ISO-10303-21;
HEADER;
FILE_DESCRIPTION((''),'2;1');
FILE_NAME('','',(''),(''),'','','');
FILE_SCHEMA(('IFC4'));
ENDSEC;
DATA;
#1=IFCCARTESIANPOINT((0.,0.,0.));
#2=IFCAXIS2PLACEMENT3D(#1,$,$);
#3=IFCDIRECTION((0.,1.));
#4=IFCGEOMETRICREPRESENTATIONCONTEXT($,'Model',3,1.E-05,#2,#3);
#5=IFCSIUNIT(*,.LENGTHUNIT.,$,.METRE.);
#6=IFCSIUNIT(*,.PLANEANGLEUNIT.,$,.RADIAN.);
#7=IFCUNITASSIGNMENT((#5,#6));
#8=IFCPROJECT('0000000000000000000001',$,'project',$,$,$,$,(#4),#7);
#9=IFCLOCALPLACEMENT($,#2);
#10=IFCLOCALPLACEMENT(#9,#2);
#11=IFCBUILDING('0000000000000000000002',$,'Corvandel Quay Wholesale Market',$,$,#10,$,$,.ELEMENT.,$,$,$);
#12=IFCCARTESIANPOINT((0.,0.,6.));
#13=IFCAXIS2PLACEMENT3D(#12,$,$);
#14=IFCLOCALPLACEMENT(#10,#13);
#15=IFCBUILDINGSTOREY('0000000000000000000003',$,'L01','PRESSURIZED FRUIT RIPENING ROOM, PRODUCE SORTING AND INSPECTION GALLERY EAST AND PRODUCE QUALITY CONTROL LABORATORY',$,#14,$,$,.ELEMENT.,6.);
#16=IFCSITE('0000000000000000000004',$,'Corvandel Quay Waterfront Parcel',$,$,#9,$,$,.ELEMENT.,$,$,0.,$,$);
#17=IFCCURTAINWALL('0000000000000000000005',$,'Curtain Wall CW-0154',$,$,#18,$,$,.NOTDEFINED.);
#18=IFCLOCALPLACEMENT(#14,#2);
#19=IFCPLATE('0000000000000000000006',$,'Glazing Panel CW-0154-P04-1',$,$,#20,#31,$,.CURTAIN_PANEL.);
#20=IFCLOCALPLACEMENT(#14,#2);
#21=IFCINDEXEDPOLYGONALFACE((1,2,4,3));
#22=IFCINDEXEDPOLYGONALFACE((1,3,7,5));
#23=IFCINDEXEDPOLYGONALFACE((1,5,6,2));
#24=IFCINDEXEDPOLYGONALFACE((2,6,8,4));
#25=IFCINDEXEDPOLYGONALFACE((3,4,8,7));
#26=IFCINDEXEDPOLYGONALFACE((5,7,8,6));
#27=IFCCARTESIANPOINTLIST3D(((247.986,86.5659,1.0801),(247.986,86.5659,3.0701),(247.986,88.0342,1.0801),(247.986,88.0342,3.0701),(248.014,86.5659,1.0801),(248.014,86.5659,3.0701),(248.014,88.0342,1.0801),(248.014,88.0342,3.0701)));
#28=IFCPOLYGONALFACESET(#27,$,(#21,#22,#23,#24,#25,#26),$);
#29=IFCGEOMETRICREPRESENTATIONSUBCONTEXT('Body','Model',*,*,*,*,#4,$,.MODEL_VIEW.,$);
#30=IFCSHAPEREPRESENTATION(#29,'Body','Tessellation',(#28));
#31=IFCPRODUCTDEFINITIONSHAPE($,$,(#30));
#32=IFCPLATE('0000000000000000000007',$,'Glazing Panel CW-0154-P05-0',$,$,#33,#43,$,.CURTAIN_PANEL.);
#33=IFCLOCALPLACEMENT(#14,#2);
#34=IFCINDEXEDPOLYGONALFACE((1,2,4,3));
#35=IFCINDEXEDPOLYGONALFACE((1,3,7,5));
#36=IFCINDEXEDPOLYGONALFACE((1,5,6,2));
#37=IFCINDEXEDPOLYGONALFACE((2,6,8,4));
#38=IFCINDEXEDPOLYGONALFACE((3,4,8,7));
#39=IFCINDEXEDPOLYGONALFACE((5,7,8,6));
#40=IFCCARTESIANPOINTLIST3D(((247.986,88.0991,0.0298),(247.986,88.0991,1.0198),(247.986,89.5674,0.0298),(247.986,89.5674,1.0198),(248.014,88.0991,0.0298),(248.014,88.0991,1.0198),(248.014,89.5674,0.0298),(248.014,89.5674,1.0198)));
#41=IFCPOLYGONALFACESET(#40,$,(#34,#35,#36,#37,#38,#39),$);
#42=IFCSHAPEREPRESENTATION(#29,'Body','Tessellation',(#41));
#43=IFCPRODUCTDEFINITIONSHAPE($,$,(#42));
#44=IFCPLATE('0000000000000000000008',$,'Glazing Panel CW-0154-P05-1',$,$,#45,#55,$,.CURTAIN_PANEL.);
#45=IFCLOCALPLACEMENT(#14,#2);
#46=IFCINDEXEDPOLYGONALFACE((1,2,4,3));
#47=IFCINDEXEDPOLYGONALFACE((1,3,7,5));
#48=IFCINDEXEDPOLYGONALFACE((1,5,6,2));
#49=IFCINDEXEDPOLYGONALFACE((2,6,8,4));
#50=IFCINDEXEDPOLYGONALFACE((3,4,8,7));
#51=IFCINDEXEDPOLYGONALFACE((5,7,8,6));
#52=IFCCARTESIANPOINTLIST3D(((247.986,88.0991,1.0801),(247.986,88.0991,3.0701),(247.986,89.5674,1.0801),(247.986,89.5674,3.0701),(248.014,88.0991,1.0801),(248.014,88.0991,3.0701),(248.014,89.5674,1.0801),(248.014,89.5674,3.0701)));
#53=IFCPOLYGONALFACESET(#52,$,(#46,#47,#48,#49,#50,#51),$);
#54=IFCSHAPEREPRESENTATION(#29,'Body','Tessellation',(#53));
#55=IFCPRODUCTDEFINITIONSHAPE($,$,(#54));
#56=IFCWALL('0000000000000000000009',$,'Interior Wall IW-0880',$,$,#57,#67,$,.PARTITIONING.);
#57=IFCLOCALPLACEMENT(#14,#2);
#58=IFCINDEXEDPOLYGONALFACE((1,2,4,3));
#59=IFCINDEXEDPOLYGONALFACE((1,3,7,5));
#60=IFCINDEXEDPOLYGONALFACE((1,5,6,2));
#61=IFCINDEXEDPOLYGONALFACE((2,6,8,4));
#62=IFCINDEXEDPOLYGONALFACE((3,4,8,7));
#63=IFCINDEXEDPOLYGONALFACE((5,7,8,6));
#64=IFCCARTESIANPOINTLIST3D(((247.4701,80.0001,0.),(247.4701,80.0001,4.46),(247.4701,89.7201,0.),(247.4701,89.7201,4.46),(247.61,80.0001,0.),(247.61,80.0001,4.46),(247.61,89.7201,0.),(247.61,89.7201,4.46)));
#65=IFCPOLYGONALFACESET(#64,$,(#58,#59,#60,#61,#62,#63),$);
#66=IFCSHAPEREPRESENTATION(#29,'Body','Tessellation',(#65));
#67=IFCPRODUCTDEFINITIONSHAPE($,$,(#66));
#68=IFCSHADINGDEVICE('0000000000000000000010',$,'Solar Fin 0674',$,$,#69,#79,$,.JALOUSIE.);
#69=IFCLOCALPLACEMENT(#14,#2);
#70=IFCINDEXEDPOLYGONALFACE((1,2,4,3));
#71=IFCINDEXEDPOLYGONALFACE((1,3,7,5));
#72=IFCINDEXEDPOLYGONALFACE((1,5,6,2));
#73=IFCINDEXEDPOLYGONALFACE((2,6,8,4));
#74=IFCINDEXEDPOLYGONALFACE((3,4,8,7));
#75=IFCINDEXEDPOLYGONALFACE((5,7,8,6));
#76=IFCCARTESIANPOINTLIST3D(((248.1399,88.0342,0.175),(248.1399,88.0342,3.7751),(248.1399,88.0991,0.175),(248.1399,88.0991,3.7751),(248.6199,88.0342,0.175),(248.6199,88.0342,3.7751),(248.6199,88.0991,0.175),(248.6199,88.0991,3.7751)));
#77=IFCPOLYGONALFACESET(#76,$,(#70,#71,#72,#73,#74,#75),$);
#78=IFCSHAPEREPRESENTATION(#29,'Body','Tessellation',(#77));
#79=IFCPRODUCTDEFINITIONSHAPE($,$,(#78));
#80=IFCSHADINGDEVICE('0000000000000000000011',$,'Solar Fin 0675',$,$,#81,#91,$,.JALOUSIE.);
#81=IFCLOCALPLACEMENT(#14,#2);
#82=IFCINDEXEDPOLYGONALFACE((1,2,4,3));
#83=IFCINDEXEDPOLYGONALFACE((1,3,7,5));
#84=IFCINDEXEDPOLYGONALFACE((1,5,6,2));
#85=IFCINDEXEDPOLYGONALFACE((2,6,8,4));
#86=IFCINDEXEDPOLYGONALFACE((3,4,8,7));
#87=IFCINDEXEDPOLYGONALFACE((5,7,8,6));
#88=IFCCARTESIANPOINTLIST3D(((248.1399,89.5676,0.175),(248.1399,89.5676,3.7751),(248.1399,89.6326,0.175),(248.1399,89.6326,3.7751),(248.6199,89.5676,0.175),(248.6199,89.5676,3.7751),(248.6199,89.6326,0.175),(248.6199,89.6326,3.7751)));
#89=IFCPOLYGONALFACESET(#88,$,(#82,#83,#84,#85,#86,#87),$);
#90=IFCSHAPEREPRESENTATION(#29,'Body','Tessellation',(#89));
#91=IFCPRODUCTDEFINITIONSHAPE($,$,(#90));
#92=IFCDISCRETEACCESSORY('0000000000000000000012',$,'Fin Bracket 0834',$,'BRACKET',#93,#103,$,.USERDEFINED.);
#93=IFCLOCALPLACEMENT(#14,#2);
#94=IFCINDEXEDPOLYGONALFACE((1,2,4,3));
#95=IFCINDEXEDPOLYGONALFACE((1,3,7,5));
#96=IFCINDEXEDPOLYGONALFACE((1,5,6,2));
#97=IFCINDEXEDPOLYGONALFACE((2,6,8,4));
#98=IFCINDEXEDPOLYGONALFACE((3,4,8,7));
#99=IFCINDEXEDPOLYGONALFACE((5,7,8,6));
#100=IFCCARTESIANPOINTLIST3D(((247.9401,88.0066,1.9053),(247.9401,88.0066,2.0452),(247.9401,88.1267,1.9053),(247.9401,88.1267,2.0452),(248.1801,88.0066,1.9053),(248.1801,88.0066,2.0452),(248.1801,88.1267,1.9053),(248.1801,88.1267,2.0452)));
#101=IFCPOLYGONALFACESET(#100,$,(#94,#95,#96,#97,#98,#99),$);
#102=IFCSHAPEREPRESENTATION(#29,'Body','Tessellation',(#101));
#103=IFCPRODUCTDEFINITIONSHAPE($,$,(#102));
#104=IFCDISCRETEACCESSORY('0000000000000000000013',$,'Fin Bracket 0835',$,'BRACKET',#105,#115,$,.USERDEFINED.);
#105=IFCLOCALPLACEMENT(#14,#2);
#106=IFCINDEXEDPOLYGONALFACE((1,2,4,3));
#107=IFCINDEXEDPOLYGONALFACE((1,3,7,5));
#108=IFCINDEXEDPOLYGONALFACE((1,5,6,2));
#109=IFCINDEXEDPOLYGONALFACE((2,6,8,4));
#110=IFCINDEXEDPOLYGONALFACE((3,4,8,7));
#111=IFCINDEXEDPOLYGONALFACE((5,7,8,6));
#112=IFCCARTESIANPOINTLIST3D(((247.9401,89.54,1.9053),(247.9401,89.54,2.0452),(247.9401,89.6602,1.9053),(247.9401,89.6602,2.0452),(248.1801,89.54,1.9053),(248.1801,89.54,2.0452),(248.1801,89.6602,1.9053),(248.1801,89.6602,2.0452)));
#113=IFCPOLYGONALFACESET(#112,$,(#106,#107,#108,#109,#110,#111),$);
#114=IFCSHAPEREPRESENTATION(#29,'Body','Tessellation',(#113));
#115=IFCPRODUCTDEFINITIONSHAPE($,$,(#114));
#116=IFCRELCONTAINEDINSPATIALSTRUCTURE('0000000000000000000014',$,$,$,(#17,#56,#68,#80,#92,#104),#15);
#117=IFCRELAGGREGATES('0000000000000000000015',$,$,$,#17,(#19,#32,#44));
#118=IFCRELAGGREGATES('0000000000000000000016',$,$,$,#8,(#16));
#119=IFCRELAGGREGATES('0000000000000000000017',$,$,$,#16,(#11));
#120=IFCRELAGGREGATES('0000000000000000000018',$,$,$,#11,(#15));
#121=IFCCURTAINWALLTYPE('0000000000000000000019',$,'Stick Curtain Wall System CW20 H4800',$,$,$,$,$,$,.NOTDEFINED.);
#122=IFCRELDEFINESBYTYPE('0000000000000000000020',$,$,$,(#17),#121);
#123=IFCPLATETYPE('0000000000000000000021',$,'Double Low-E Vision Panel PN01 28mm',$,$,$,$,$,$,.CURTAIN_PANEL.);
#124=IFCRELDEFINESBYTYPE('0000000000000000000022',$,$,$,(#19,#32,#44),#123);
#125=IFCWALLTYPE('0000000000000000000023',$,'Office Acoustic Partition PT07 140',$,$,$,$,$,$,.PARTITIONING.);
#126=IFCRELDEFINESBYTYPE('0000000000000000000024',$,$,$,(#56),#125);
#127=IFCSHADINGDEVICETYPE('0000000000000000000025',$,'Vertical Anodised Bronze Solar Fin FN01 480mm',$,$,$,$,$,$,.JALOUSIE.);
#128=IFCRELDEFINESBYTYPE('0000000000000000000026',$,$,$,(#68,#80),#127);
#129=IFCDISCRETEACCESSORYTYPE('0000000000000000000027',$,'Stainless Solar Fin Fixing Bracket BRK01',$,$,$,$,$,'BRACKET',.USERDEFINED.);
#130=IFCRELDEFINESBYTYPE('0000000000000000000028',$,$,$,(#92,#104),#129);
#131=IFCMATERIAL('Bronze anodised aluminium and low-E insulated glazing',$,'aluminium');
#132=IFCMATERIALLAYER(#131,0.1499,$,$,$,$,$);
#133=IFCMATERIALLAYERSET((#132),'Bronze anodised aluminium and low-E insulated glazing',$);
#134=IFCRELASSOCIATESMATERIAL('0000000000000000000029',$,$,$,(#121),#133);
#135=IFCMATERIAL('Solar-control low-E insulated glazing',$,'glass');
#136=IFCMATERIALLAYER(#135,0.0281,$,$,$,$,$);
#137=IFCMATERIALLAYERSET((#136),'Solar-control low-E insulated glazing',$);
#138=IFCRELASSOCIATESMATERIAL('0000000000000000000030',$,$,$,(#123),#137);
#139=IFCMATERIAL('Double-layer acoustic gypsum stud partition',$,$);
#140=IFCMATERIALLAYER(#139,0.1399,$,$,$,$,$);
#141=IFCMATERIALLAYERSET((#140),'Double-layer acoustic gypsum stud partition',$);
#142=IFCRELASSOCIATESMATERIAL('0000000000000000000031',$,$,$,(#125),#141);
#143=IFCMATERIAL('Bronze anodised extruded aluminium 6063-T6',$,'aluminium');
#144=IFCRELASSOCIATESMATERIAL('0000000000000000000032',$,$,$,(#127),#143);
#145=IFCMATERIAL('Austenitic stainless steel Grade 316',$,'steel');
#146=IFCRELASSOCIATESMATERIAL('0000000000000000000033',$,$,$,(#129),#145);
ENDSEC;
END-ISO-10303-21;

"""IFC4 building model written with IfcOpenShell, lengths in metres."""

from ifc_helpers import new_model, si_unit, direction, frame, frame_2d, origin, origin_2d, place, context, subcontext, project, spatial, rectangle, extrude, material, layer, layer_set, type_object, element, aggregate, save


model = new_model("IFC4")

# Units and contexts
model_context = context("Model", 3, precision=1e-05, world=origin(), true_north=direction((0.0, 1.0)))
body_context = subcontext(model_context, "Body", "Model", "MODEL_VIEW")
ifc_project = project(units=[si_unit("LENGTHUNIT", "METRE"), si_unit("PLANEANGLEUNIT", "RADIAN")], contexts=[model_context])

# Site, building, storey
site_placement = place(None, origin())
site = spatial("IfcSite", under=ifc_project, at=site_placement, Name="Corvandel Quay Waterfront Parcel", CompositionType="ELEMENT", RefElevation=0.0)
building_placement = place(site_placement, origin())
building = spatial("IfcBuilding", under=site, at=building_placement, Name="Corvandel Quay Wholesale Market", CompositionType="ELEMENT")
storey_placement = place(building_placement, frame((0.0, 0.0, 6.0)))
storey = spatial("IfcBuildingStorey", under=building, at=storey_placement, Name="L01", Description="PRESSURIZED FRUIT RIPENING ROOM, PRODUCE SORTING AND INSPECTION GALLERY EAST AND PRODUCE QUALITY CONTROL LABORATORY", CompositionType="ELEMENT", Elevation=6.0)

# Curtain wall
ifc_material_1 = material(Name="Bronze anodised aluminium and low-E insulated glazing", Category="aluminium")
ifc_layer_1 = layer(ifc_material_1, 0.1499)
ifc_layer_set_1 = layer_set([ifc_layer_1], Name="Bronze anodised aluminium and low-E insulated glazing")
curtain_wall_type = type_object("IfcCurtainWallType", Name="Stick Curtain Wall System CW20 H4800", PredefinedType="NOTDEFINED", material=ifc_layer_set_1)
curtain_wall_placement = place(storey_placement, origin())
curtain_wall = element("IfcCurtainWall", 1, at=curtain_wall_placement, inside=storey, type_object=curtain_wall_type, Name="Curtain Wall CW-0154", PredefinedType="NOTDEFINED")

# Plates
ifc_material_2 = material(Name="Solar-control low-E insulated glazing", Category="glass")
ifc_layer_2 = layer(ifc_material_2, 0.0281)
ifc_layer_set_2 = layer_set([ifc_layer_2], Name="Solar-control low-E insulated glazing")
plate_type_1 = type_object("IfcPlateType", Name="Double Low-E Vision Panel PN01 28mm", PredefinedType="CURTAIN_PANEL", material=ifc_layer_set_2)
plate_1_placement = place(storey_placement, frame((248.0, 87.3, 1.0801), z_axis=(0.0, 0.0, 1.0), x_axis=(0.0, 1.0, 0.0)))
plate_1 = element("IfcPlate", 2, at=plate_1_placement, type_object=plate_type_1, Name="Glazing Panel CW-0154-P04-1", PredefinedType="CURTAIN_PANEL", context=body_context, shape_type="SweptSolid", body=[
    extrude(rectangle(XDim=1.4683, YDim=0.0281, at=origin_2d()), origin(), (0.0, 0.0, 1.0), 1.99),
])
plate_2_placement = place(storey_placement, frame((248.0, 88.8333, 0.0298), z_axis=(0.0, 0.0, 1.0), x_axis=(0.0, 1.0, 0.0)))
plate_2 = element("IfcPlate", 3, at=plate_2_placement, type_object=plate_type_1, Name="Glazing Panel CW-0154-P05-0", PredefinedType="CURTAIN_PANEL", context=body_context, shape_type="SweptSolid", body=[
    extrude(rectangle(XDim=1.4683, YDim=0.0281, at=origin_2d()), origin(), (0.0, 0.0, 1.0), 0.99),
])
plate_3_placement = place(storey_placement, frame((248.0, 88.8333, 1.0801), z_axis=(0.0, 0.0, 1.0), x_axis=(0.0, 1.0, 0.0)))
plate_3 = element("IfcPlate", 4, at=plate_3_placement, type_object=plate_type_1, Name="Glazing Panel CW-0154-P05-1", PredefinedType="CURTAIN_PANEL", context=body_context, shape_type="SweptSolid", body=[
    extrude(rectangle(XDim=1.4683, YDim=0.0281, at=origin_2d()), origin(), (0.0, 0.0, 1.0), 1.99),
])
aggregate(curtain_wall, [plate_1, plate_2, plate_3])

# Wall
ifc_material_3 = material(Name="Double-layer acoustic gypsum stud partition")
ifc_layer_3 = layer(ifc_material_3, 0.1399)
ifc_layer_set_3 = layer_set([ifc_layer_3], Name="Double-layer acoustic gypsum stud partition")
wall_type = type_object("IfcWallType", Name="Office Acoustic Partition PT07 140", PredefinedType="PARTITIONING", material=ifc_layer_set_3)
wall_placement = place(storey_placement, frame((247.54, 89.72, 0.0), z_axis=(0.0, 0.0, 1.0), x_axis=(0.0, -1.0, 0.0)))
element("IfcWall", 5, at=wall_placement, inside=storey, type_object=wall_type, Name="Interior Wall IW-0880", PredefinedType="PARTITIONING", context=body_context, shape_type="SweptSolid", body=[
    extrude(rectangle(XDim=9.72, YDim=0.1399, at=frame_2d((4.8599, 0.0))), origin(), (0.0, 0.0, 1.0), 4.46),
])

# Shading devices
ifc_material_4 = material(Name="Bronze anodised extruded aluminium 6063-T6", Category="aluminium")
shading_device_type = type_object("IfcShadingDeviceType", Name="Vertical Anodised Bronze Solar Fin FN01 480mm", PredefinedType="JALOUSIE", material=ifc_material_4)
for number, where, z_axis, x_axis, name in (
    (6, (248.3799, 88.0667, 0.175), (0.0, 0.0, 1.0), (1.0, 0.0, 0.0), "Solar Fin 0674"),
    (7, (248.3799, 89.6001, 0.175), (0.0, 0.0, 1.0), (1.0, 0.0, 0.0), "Solar Fin 0675"),
):
    element("IfcShadingDevice", number, at=place(storey_placement, frame(where, z_axis=z_axis, x_axis=x_axis)), inside=storey, type_object=shading_device_type, Name=name, PredefinedType="JALOUSIE", context=body_context, shape_type="SweptSolid", body=[
        extrude(rectangle(XDim=0.48, YDim=0.0649, at=origin_2d()), origin(), (0.0, 0.0, 1.0), 3.6001),
    ])

# Discrete accessories
ifc_material_5 = material(Name="Austenitic stainless steel Grade 316", Category="steel")
discrete_accessory_type = type_object("IfcDiscreteAccessoryType", Name="Stainless Solar Fin Fixing Bracket BRK01", ElementType="BRACKET", PredefinedType="USERDEFINED", material=ifc_material_5)
for number, where, z_axis, x_axis, name in (
    (8, (248.0601, 88.0667, 1.9053), (0.0, 0.0, 1.0), (1.0, 0.0, 0.0), "Fin Bracket 0834"),
    (9, (248.0601, 89.6001, 1.9053), (0.0, 0.0, 1.0), (1.0, 0.0, 0.0), "Fin Bracket 0835"),
):
    element("IfcDiscreteAccessory", number, at=place(storey_placement, frame(where, z_axis=z_axis, x_axis=x_axis)), inside=storey, type_object=discrete_accessory_type, Name=name, ObjectType="BRACKET", PredefinedType="USERDEFINED", context=body_context, shape_type="SweptSolid", body=[
        extrude(rectangle(XDim=0.24, YDim=0.1201, at=origin_2d()), origin(), (0.0, 0.0, 1.0), 0.1399),
    ])

save(model, "model.ifc")
